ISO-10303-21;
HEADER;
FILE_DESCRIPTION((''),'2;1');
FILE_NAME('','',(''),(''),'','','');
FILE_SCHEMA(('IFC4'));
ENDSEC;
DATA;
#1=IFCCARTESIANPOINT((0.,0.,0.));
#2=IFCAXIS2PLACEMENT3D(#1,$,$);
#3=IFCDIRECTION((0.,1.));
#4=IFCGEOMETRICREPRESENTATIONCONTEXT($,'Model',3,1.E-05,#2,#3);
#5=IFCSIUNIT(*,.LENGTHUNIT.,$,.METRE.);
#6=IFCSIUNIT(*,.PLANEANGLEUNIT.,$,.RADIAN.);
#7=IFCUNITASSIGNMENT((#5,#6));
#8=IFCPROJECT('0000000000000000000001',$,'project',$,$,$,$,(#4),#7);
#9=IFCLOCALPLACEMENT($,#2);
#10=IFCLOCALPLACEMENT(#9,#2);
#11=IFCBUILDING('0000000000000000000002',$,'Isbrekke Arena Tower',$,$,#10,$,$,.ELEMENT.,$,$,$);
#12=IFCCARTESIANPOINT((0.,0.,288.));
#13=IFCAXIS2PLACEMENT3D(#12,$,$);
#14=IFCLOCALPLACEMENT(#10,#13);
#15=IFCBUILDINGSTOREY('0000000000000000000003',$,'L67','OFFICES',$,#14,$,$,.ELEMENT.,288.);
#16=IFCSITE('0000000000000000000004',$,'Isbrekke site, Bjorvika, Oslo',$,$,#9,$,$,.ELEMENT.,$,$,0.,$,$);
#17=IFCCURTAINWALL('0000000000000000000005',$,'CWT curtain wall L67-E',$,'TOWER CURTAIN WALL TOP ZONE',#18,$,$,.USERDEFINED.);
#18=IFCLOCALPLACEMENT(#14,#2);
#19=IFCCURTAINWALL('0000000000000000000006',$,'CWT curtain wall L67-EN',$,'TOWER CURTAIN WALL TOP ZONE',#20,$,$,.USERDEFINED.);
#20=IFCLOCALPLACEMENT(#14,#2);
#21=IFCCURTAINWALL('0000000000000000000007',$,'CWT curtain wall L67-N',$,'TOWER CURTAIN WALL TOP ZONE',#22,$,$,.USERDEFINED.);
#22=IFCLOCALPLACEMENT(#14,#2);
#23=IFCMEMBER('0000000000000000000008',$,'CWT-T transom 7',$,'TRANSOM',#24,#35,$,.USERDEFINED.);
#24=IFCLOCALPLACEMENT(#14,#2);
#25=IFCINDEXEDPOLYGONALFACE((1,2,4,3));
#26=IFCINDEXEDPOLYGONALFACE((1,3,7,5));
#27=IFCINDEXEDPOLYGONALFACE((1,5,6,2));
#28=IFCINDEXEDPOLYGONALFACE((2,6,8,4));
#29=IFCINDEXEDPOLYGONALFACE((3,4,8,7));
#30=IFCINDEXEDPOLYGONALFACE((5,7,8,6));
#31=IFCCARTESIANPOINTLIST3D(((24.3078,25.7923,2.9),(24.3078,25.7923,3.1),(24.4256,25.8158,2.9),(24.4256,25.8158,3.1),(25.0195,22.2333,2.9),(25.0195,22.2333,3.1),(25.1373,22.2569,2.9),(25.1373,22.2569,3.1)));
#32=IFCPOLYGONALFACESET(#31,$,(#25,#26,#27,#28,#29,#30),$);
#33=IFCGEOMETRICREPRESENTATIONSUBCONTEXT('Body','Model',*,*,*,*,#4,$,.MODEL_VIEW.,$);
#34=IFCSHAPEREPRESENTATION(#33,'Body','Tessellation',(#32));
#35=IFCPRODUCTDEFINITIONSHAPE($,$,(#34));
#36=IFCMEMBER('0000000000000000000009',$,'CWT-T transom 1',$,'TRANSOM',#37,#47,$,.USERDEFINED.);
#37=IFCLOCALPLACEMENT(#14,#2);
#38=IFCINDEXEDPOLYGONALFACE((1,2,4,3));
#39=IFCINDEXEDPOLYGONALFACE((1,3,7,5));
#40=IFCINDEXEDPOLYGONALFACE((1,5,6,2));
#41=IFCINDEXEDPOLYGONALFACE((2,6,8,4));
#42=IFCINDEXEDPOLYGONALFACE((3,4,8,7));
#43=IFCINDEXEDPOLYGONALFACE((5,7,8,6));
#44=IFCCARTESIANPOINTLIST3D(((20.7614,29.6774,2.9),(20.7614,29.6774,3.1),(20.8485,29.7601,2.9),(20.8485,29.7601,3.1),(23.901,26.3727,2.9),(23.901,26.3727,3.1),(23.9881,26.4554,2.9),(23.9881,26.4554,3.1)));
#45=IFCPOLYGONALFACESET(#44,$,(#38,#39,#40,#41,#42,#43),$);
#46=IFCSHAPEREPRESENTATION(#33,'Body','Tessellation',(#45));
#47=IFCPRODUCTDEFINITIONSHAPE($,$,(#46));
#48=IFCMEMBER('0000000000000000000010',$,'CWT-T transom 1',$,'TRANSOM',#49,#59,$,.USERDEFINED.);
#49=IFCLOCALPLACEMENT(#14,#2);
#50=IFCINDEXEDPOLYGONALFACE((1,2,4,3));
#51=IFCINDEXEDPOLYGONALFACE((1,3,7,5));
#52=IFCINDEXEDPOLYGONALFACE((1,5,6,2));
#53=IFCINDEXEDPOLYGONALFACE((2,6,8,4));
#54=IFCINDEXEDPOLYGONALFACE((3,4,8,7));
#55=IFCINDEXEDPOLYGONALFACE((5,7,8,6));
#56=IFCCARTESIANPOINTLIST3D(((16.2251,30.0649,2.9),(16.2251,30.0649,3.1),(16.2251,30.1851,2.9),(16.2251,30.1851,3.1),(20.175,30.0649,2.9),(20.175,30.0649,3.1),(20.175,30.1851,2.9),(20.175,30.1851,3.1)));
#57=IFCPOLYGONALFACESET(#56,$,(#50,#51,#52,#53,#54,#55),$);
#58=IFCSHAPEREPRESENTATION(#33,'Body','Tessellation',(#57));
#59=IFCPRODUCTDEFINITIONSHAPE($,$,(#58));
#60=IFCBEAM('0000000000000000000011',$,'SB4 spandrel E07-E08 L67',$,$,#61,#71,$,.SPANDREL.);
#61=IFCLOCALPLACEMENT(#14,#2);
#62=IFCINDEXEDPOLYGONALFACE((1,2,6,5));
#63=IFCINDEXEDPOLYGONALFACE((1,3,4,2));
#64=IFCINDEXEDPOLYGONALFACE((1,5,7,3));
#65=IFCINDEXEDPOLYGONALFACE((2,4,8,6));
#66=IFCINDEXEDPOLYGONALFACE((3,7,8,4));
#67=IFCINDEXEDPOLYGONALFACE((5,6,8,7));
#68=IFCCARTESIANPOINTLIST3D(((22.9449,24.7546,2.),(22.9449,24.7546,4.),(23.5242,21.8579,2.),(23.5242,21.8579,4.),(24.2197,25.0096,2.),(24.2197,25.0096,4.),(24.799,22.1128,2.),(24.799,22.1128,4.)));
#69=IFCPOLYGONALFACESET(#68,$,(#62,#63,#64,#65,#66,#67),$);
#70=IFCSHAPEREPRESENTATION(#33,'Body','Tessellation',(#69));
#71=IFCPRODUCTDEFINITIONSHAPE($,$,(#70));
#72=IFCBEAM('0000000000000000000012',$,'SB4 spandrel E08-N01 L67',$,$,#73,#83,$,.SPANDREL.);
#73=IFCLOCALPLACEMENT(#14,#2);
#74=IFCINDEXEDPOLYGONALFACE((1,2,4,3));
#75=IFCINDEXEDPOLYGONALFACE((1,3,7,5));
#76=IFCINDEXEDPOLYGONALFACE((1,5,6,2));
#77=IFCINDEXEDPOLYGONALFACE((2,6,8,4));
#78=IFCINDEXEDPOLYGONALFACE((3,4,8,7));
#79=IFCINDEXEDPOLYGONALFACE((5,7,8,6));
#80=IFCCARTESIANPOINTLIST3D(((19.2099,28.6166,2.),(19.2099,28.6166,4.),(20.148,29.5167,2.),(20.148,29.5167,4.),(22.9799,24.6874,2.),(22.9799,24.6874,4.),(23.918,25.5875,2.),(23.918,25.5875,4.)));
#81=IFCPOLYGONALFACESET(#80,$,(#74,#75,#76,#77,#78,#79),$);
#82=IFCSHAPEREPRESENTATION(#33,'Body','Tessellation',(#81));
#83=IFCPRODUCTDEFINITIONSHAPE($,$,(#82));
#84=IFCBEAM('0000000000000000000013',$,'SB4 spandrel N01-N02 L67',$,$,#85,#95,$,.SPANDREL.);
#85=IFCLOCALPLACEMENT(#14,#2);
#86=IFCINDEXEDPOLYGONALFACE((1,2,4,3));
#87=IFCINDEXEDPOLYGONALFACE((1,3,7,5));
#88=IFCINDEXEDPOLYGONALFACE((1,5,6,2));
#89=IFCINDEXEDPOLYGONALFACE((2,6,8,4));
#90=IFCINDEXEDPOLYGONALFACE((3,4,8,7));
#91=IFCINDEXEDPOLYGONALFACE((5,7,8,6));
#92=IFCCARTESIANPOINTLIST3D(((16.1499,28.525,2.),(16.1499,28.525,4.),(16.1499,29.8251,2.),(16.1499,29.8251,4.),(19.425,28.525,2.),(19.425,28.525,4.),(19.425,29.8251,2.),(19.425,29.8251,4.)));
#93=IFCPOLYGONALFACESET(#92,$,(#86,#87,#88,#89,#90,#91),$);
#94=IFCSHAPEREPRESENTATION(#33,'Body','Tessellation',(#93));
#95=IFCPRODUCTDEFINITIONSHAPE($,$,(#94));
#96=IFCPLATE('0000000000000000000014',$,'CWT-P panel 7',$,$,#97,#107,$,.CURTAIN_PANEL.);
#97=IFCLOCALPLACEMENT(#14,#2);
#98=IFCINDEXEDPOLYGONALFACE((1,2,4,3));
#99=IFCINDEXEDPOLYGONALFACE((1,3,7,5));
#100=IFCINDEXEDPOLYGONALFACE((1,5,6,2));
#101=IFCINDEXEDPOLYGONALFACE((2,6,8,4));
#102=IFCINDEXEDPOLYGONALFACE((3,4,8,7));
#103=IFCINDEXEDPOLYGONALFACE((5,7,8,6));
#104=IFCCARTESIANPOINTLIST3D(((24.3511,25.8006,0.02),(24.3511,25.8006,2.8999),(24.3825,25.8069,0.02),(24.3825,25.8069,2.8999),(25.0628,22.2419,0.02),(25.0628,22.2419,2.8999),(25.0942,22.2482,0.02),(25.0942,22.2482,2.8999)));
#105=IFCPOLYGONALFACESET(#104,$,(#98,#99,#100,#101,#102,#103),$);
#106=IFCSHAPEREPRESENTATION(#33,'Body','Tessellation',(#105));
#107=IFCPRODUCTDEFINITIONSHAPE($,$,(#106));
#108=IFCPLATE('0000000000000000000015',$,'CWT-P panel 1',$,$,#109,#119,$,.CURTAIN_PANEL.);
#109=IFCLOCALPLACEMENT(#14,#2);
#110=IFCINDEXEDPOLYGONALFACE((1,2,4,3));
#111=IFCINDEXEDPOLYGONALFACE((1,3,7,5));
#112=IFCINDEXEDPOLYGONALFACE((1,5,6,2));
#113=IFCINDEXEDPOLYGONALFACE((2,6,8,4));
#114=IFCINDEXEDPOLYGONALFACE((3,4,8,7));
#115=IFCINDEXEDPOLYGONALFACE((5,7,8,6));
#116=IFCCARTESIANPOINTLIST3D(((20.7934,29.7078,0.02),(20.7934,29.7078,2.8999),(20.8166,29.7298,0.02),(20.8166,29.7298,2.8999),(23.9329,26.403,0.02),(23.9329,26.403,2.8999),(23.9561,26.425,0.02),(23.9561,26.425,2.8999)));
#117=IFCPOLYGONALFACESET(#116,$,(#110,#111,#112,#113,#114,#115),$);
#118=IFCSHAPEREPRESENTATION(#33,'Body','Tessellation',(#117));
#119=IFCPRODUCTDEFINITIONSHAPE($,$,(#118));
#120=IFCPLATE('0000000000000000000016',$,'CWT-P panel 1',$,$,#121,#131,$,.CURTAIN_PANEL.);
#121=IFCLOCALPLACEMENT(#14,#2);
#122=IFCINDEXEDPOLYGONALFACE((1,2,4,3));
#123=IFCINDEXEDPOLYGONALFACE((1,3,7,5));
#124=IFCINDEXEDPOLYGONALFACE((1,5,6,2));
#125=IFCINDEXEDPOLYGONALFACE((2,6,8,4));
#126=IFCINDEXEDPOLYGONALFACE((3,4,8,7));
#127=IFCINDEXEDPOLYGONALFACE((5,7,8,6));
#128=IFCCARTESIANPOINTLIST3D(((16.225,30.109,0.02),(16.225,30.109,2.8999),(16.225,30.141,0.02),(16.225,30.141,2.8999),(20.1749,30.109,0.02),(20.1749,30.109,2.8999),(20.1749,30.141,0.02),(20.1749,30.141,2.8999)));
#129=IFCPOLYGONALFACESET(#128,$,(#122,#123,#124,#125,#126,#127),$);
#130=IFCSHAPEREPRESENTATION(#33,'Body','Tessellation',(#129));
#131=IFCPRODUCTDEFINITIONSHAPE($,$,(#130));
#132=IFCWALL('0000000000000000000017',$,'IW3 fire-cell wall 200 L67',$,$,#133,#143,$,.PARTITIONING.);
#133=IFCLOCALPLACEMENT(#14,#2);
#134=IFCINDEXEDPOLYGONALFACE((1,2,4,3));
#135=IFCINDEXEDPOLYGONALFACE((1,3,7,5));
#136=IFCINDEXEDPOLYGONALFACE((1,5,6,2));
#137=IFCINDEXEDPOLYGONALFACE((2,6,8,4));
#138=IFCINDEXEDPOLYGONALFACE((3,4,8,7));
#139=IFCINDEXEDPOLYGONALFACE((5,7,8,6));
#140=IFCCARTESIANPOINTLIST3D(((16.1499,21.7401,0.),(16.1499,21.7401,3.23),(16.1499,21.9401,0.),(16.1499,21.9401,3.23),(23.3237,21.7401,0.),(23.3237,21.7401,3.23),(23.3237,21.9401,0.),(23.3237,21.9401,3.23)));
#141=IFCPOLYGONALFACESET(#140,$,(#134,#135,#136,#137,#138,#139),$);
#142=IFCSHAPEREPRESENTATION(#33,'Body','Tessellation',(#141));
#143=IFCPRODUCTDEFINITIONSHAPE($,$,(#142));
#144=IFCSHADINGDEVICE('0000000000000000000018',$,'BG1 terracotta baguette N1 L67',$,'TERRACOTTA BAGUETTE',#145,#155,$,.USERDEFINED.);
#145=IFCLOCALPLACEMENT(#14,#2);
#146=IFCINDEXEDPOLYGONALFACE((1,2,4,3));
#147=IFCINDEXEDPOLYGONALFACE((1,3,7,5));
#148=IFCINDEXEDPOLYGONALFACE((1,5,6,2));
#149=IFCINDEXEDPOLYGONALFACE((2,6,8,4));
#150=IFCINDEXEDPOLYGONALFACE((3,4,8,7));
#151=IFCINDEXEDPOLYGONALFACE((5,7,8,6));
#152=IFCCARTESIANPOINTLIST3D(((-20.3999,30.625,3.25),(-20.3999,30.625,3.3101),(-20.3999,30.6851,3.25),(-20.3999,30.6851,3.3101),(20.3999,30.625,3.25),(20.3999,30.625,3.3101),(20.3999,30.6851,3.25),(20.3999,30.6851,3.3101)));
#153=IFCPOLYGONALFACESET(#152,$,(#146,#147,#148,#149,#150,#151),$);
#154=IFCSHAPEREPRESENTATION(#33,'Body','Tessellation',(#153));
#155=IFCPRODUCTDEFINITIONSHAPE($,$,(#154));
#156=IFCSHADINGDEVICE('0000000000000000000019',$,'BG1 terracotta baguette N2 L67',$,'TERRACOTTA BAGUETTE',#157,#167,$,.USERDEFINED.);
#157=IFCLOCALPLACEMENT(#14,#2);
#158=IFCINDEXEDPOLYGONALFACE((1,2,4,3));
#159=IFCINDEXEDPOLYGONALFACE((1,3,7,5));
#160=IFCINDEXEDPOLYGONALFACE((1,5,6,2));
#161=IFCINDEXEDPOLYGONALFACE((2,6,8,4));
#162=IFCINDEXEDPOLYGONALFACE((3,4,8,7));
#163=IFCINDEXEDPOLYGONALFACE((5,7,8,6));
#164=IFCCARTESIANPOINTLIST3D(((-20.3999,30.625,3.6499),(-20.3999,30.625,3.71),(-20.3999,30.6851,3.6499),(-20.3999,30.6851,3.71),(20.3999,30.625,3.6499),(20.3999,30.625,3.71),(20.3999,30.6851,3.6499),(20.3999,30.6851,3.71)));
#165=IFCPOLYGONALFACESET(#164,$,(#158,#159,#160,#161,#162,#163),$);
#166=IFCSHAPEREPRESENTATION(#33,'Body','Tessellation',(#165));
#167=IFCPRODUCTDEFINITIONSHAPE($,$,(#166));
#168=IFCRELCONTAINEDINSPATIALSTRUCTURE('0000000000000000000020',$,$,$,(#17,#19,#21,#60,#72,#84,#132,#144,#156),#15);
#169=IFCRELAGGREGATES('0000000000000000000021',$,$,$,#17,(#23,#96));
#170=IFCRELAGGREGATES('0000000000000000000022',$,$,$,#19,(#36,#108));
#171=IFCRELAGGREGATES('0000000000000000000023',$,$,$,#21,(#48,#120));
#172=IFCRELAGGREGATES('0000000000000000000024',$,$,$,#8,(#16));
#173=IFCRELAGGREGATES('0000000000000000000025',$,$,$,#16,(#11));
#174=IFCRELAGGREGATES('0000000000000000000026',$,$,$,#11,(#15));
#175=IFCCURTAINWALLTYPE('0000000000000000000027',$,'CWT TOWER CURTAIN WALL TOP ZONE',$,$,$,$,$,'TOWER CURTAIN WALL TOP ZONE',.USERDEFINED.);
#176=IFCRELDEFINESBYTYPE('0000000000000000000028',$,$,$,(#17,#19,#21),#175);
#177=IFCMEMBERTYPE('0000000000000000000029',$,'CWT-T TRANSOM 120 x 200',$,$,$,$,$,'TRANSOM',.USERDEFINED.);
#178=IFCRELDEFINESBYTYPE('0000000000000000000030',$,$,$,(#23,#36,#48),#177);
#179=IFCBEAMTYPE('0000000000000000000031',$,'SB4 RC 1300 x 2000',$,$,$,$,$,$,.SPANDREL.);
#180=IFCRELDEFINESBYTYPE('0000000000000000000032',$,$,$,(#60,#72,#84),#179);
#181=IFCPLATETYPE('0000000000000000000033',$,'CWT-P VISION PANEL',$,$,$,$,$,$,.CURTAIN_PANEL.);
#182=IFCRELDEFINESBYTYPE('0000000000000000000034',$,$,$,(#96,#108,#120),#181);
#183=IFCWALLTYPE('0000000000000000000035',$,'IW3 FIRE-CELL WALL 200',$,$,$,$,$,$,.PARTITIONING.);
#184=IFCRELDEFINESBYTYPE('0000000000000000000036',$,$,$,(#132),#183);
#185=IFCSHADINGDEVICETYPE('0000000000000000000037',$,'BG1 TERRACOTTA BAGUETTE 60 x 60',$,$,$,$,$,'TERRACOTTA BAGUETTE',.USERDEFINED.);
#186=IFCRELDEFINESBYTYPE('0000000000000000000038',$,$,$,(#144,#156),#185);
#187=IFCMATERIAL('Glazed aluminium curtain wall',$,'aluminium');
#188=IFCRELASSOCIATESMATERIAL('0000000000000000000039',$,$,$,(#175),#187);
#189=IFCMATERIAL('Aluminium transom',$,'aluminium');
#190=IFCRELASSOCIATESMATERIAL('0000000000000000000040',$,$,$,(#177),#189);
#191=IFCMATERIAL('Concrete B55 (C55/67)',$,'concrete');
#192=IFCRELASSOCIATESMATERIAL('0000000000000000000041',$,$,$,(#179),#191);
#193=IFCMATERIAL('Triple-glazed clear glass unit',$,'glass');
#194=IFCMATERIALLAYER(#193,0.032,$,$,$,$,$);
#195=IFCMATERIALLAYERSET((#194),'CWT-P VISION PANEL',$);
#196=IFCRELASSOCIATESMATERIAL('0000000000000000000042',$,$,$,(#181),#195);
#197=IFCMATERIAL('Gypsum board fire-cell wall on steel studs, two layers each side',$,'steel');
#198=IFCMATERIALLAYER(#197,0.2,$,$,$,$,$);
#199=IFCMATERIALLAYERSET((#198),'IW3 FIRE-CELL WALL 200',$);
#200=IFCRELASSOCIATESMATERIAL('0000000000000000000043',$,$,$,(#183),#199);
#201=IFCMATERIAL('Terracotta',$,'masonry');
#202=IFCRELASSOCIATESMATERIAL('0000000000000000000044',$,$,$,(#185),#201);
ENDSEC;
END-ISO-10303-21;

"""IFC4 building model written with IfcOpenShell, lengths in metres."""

from ifc_helpers import new_model, si_unit, direction, frame, frame_2d, origin, origin_2d, place, context, subcontext, project, spatial, rectangle, extrude, material, layer, layer_set, material_profile, profile_set, type_object, element, aggregate, save


model = new_model("IFC4")

# Units and contexts
model_context = context("Model", 3, precision=1e-05, world=origin(), true_north=direction((0.0, 1.0)))
body_context = subcontext(model_context, "Body", "Model", "MODEL_VIEW")
ifc_project = project(units=[si_unit("LENGTHUNIT", "METRE"), si_unit("PLANEANGLEUNIT", "RADIAN")], contexts=[model_context])

# Site, building, storey
site_placement = place(None, origin())
site = spatial("IfcSite", under=ifc_project, at=site_placement, Name="Isbrekke site, Bjorvika, Oslo", CompositionType="ELEMENT", RefElevation=0.0)
building_placement = place(site_placement, origin())
building = spatial("IfcBuilding", under=site, at=building_placement, Name="Isbrekke Arena Tower", CompositionType="ELEMENT")
storey_placement = place(building_placement, frame((0.0, 0.0, 288.0)))
storey = spatial("IfcBuildingStorey", under=building, at=storey_placement, Name="L67", Description="OFFICES", CompositionType="ELEMENT", Elevation=288.0)

# Curtain walls
ifc_material_1 = material(Name="Glazed aluminium curtain wall", Category="aluminium")
curtain_wall_type = type_object("IfcCurtainWallType", Name="CWT TOWER CURTAIN WALL TOP ZONE", ElementType="TOWER CURTAIN WALL TOP ZONE", PredefinedType="USERDEFINED", material=ifc_material_1)
curtain_wall_1_placement = place(storey_placement, origin())
curtain_wall_1 = element("IfcCurtainWall", 1, at=curtain_wall_1_placement, inside=storey, type_object=curtain_wall_type, Name="CWT curtain wall L67-E", ObjectType="TOWER CURTAIN WALL TOP ZONE", PredefinedType="USERDEFINED")
curtain_wall_2_placement = place(storey_placement, origin())
curtain_wall_2 = element("IfcCurtainWall", 2, at=curtain_wall_2_placement, inside=storey, type_object=curtain_wall_type, Name="CWT curtain wall L67-EN", ObjectType="TOWER CURTAIN WALL TOP ZONE", PredefinedType="USERDEFINED")

# Curtain wall
curtain_wall_3_placement = place(storey_placement, origin())
curtain_wall_3 = element("IfcCurtainWall", 3, at=curtain_wall_3_placement, inside=storey, type_object=curtain_wall_type, Name="CWT curtain wall L67-N", ObjectType="TOWER CURTAIN WALL TOP ZONE", PredefinedType="USERDEFINED")

# Members
ifc_material_2 = material(Name="Aluminium transom", Category="aluminium")
ifc_material_profile_1 = material_profile(ifc_material_2, rectangle(XDim=0.1201, YDim=0.2, at=origin_2d()), Name="TRANSOM 120X200")
ifc_profile_set_1 = profile_set([ifc_material_profile_1], Name="Aluminium transom")
member_type_1 = type_object("IfcMemberType", Name="CWT-T TRANSOM 120 x 200", ElementType="TRANSOM", PredefinedType="USERDEFINED", material=ifc_profile_set_1)
member_1_placement = place(storey_placement, frame((25.0784, 22.2451, 3.0), z_axis=(-0.19609, 0.980586, 0.0), x_axis=(-0.980586, -0.19609, 0.0)))
member_1 = element("IfcMember", 4, at=member_1_placement, type_object=member_type_1, Name="CWT-T transom 7", ObjectType="TRANSOM", PredefinedType="USERDEFINED", context=body_context, shape_type="SweptSolid", body=[
    extrude(rectangle(XDim=0.1201, YDim=0.2, at=origin_2d()), origin(), (0.0, 0.0, 1.0), 3.6294),
])
member_2_placement = place(storey_placement, frame((23.9446, 26.4141, 3.0), z_axis=(-0.688772, 0.724978, 0.0), x_axis=(-0.724978, -0.688772, 0.0)))
member_2 = element("IfcMember", 5, at=member_2_placement, type_object=member_type_1, Name="CWT-T transom 1", ObjectType="TRANSOM", PredefinedType="USERDEFINED", context=body_context, shape_type="SweptSolid", body=[
    extrude(rectangle(XDim=0.1201, YDim=0.2, at=origin_2d()), origin(), (0.0, 0.0, 1.0), 4.5583),
])
member_3_placement = place(storey_placement, frame((20.175, 30.125, 3.0), z_axis=(-1.0, 0.0, 0.0), x_axis=(0.0, -1.0, 0.0)))
member_3 = element("IfcMember", 6, at=member_3_placement, type_object=member_type_1, Name="CWT-T transom 1", ObjectType="TRANSOM", PredefinedType="USERDEFINED", context=body_context, shape_type="SweptSolid", body=[
    extrude(rectangle(XDim=0.1201, YDim=0.2, at=origin_2d()), origin(), (0.0, 0.0, 1.0), 3.95),
])

# Beams
ifc_material_3 = material(Name="Concrete B55 (C55/67)", Category="concrete")
ifc_material_profile_2 = material_profile(ifc_material_3, rectangle(XDim=1.3, YDim=2.0, at=origin_2d()), Name="RC 1300x2000")
ifc_profile_set_2 = profile_set([ifc_material_profile_2], Name="Concrete B55 (C55/67)")
beam_type_1 = type_object("IfcBeamType", Name="SB4 RC 1300 x 2000", PredefinedType="SPANDREL", material=ifc_profile_set_2)
beam_1_placement = place(storey_placement, frame((24.1616, 21.9854, 3.0), z_axis=(-0.196116, 0.980581, 0.0), x_axis=(-0.980581, -0.196116, 0.0)))
element("IfcBeam", 7, at=beam_1_placement, inside=storey, type_object=beam_type_1, Name="SB4 spandrel E07-E08 L67", PredefinedType="SPANDREL", context=body_context, shape_type="SweptSolid", body=[
    extrude(rectangle(XDim=1.3, YDim=2.0, at=origin_2d()), origin(), (0.0, 0.0, 1.0), 2.9541),
])
beam_2_placement = place(storey_placement, frame((23.449, 25.1375, 3.0), z_axis=(-0.69234, 0.721572, 0.0), x_axis=(-0.721572, -0.69234, 0.0)))
element("IfcBeam", 8, at=beam_2_placement, inside=storey, type_object=beam_type_1, Name="SB4 spandrel E08-N01 L67", PredefinedType="SPANDREL", context=body_context, shape_type="SweptSolid", body=[
    extrude(rectangle(XDim=1.3, YDim=2.0, at=origin_2d()), origin(), (0.0, 0.0, 1.0), 5.4453),
])
beam_3_placement = place(storey_placement, frame((19.425, 29.175, 3.0), z_axis=(-1.0, 0.0, 0.0), x_axis=(0.0, -1.0, 0.0)))
element("IfcBeam", 9, at=beam_3_placement, inside=storey, type_object=beam_type_1, Name="SB4 spandrel N01-N02 L67", PredefinedType="SPANDREL", context=body_context, shape_type="SweptSolid", body=[
    extrude(rectangle(XDim=1.3, YDim=2.0, at=origin_2d()), origin(), (0.0, 0.0, 1.0), 3.2751),
])

# Plates
ifc_material_4 = material(Name="Triple-glazed clear glass unit", Category="glass")
ifc_layer_1 = layer(ifc_material_4, 0.032)
ifc_layer_set_1 = layer_set([ifc_layer_1], Name="CWT-P VISION PANEL")
plate_type = type_object("IfcPlateType", Name="CWT-P VISION PANEL", PredefinedType="CURTAIN_PANEL", material=ifc_layer_set_1)
plate_1_placement = place(storey_placement, frame((24.7227, 24.0244, 0.02), z_axis=(0.0, 0.0, 1.0), x_axis=(-0.196116, 0.980581, 0.0)))
plate_1 = element("IfcPlate", 10, at=plate_1_placement, type_object=plate_type, Name="CWT-P panel 7", PredefinedType="CURTAIN_PANEL", context=body_context, shape_type="SweptSolid", body=[
    extrude(rectangle(XDim=3.6292, YDim=0.032, at=origin_2d()), origin(), (0.0, 0.0, 1.0), 2.8799),
])
aggregate(curtain_wall_1, [member_1, plate_1])
plate_2_placement = place(storey_placement, frame((22.3748, 28.0664, 0.02), z_axis=(0.0, 0.0, 1.0), x_axis=(-0.688749, 0.724999, 0.0)))
plate_2 = element("IfcPlate", 11, at=plate_2_placement, type_object=plate_type, Name="CWT-P panel 1", PredefinedType="CURTAIN_PANEL", context=body_context, shape_type="SweptSolid", body=[
    extrude(rectangle(XDim=4.5583, YDim=0.032, at=origin_2d()), origin(), (0.0, 0.0, 1.0), 2.8799),
])
aggregate(curtain_wall_2, [member_2, plate_2])
plate_3_placement = place(storey_placement, frame((18.2, 30.125, 0.02), z_axis=(0.0, 0.0, 1.0), x_axis=(-1.0, 0.0, 0.0)))
plate_3 = element("IfcPlate", 12, at=plate_3_placement, type_object=plate_type, Name="CWT-P panel 1", PredefinedType="CURTAIN_PANEL", context=body_context, shape_type="SweptSolid", body=[
    extrude(rectangle(XDim=3.95, YDim=0.032, at=origin_2d()), origin(), (0.0, 0.0, 1.0), 2.8799),
])
aggregate(curtain_wall_3, [member_3, plate_3])

# Wall
ifc_material_5 = material(Name="Gypsum board fire-cell wall on steel studs, two layers each side", Category="steel")
ifc_layer_2 = layer(ifc_material_5, 0.2)
ifc_layer_set_2 = layer_set([ifc_layer_2], Name="IW3 FIRE-CELL WALL 200")
wall_type = type_object("IfcWallType", Name="IW3 FIRE-CELL WALL 200", PredefinedType="PARTITIONING", material=ifc_layer_set_2)
wall_placement = place(storey_placement, frame((16.1499, 21.8401, 0.0), z_axis=(0.0, 0.0, 1.0), x_axis=(1.0, 0.0, 0.0)))
element("IfcWall", 13, at=wall_placement, inside=storey, type_object=wall_type, Name="IW3 fire-cell wall 200 L67", PredefinedType="PARTITIONING", context=body_context, shape_type="SweptSolid", body=[
    extrude(rectangle(XDim=7.1738, YDim=0.2, at=frame_2d((3.5869, 0.0))), origin(), (0.0, 0.0, 1.0), 3.23),
])

# Shading devices
ifc_material_6 = material(Name="Terracotta", Category="masonry")
ifc_material_profile_3 = material_profile(ifc_material_6, rectangle(XDim=0.0601, YDim=0.0601, at=origin_2d()), Name="BAGUETTE 60X60")
ifc_profile_set_3 = profile_set([ifc_material_profile_3], Name="Terracotta")
shading_device_type = type_object("IfcShadingDeviceType", Name="BG1 TERRACOTTA BAGUETTE 60 x 60", ElementType="TERRACOTTA BAGUETTE", PredefinedType="USERDEFINED", material=ifc_profile_set_3)
for number, where, z_axis, x_axis, name in (
    (14, (20.3999, 30.655, 3.28), (-1.0, 0.0, 0.0), (0.0, -1.0, 0.0), "BG1 terracotta baguette N1 L67"),
    (15, (20.3999, 30.655, 3.6799), (-1.0, 0.0, 0.0), (0.0, -1.0, 0.0), "BG1 terracotta baguette N2 L67"),
):
    element("IfcShadingDevice", number, at=place(storey_placement, frame(where, z_axis=z_axis, x_axis=x_axis)), inside=storey, type_object=shading_device_type, Name=name, ObjectType="TERRACOTTA BAGUETTE", PredefinedType="USERDEFINED", context=body_context, shape_type="SweptSolid", body=[
        extrude(rectangle(XDim=0.0601, YDim=0.0601, at=origin_2d()), origin(), (0.0, 0.0, 1.0), 40.7998),
    ])

save(model, "model.ifc")
